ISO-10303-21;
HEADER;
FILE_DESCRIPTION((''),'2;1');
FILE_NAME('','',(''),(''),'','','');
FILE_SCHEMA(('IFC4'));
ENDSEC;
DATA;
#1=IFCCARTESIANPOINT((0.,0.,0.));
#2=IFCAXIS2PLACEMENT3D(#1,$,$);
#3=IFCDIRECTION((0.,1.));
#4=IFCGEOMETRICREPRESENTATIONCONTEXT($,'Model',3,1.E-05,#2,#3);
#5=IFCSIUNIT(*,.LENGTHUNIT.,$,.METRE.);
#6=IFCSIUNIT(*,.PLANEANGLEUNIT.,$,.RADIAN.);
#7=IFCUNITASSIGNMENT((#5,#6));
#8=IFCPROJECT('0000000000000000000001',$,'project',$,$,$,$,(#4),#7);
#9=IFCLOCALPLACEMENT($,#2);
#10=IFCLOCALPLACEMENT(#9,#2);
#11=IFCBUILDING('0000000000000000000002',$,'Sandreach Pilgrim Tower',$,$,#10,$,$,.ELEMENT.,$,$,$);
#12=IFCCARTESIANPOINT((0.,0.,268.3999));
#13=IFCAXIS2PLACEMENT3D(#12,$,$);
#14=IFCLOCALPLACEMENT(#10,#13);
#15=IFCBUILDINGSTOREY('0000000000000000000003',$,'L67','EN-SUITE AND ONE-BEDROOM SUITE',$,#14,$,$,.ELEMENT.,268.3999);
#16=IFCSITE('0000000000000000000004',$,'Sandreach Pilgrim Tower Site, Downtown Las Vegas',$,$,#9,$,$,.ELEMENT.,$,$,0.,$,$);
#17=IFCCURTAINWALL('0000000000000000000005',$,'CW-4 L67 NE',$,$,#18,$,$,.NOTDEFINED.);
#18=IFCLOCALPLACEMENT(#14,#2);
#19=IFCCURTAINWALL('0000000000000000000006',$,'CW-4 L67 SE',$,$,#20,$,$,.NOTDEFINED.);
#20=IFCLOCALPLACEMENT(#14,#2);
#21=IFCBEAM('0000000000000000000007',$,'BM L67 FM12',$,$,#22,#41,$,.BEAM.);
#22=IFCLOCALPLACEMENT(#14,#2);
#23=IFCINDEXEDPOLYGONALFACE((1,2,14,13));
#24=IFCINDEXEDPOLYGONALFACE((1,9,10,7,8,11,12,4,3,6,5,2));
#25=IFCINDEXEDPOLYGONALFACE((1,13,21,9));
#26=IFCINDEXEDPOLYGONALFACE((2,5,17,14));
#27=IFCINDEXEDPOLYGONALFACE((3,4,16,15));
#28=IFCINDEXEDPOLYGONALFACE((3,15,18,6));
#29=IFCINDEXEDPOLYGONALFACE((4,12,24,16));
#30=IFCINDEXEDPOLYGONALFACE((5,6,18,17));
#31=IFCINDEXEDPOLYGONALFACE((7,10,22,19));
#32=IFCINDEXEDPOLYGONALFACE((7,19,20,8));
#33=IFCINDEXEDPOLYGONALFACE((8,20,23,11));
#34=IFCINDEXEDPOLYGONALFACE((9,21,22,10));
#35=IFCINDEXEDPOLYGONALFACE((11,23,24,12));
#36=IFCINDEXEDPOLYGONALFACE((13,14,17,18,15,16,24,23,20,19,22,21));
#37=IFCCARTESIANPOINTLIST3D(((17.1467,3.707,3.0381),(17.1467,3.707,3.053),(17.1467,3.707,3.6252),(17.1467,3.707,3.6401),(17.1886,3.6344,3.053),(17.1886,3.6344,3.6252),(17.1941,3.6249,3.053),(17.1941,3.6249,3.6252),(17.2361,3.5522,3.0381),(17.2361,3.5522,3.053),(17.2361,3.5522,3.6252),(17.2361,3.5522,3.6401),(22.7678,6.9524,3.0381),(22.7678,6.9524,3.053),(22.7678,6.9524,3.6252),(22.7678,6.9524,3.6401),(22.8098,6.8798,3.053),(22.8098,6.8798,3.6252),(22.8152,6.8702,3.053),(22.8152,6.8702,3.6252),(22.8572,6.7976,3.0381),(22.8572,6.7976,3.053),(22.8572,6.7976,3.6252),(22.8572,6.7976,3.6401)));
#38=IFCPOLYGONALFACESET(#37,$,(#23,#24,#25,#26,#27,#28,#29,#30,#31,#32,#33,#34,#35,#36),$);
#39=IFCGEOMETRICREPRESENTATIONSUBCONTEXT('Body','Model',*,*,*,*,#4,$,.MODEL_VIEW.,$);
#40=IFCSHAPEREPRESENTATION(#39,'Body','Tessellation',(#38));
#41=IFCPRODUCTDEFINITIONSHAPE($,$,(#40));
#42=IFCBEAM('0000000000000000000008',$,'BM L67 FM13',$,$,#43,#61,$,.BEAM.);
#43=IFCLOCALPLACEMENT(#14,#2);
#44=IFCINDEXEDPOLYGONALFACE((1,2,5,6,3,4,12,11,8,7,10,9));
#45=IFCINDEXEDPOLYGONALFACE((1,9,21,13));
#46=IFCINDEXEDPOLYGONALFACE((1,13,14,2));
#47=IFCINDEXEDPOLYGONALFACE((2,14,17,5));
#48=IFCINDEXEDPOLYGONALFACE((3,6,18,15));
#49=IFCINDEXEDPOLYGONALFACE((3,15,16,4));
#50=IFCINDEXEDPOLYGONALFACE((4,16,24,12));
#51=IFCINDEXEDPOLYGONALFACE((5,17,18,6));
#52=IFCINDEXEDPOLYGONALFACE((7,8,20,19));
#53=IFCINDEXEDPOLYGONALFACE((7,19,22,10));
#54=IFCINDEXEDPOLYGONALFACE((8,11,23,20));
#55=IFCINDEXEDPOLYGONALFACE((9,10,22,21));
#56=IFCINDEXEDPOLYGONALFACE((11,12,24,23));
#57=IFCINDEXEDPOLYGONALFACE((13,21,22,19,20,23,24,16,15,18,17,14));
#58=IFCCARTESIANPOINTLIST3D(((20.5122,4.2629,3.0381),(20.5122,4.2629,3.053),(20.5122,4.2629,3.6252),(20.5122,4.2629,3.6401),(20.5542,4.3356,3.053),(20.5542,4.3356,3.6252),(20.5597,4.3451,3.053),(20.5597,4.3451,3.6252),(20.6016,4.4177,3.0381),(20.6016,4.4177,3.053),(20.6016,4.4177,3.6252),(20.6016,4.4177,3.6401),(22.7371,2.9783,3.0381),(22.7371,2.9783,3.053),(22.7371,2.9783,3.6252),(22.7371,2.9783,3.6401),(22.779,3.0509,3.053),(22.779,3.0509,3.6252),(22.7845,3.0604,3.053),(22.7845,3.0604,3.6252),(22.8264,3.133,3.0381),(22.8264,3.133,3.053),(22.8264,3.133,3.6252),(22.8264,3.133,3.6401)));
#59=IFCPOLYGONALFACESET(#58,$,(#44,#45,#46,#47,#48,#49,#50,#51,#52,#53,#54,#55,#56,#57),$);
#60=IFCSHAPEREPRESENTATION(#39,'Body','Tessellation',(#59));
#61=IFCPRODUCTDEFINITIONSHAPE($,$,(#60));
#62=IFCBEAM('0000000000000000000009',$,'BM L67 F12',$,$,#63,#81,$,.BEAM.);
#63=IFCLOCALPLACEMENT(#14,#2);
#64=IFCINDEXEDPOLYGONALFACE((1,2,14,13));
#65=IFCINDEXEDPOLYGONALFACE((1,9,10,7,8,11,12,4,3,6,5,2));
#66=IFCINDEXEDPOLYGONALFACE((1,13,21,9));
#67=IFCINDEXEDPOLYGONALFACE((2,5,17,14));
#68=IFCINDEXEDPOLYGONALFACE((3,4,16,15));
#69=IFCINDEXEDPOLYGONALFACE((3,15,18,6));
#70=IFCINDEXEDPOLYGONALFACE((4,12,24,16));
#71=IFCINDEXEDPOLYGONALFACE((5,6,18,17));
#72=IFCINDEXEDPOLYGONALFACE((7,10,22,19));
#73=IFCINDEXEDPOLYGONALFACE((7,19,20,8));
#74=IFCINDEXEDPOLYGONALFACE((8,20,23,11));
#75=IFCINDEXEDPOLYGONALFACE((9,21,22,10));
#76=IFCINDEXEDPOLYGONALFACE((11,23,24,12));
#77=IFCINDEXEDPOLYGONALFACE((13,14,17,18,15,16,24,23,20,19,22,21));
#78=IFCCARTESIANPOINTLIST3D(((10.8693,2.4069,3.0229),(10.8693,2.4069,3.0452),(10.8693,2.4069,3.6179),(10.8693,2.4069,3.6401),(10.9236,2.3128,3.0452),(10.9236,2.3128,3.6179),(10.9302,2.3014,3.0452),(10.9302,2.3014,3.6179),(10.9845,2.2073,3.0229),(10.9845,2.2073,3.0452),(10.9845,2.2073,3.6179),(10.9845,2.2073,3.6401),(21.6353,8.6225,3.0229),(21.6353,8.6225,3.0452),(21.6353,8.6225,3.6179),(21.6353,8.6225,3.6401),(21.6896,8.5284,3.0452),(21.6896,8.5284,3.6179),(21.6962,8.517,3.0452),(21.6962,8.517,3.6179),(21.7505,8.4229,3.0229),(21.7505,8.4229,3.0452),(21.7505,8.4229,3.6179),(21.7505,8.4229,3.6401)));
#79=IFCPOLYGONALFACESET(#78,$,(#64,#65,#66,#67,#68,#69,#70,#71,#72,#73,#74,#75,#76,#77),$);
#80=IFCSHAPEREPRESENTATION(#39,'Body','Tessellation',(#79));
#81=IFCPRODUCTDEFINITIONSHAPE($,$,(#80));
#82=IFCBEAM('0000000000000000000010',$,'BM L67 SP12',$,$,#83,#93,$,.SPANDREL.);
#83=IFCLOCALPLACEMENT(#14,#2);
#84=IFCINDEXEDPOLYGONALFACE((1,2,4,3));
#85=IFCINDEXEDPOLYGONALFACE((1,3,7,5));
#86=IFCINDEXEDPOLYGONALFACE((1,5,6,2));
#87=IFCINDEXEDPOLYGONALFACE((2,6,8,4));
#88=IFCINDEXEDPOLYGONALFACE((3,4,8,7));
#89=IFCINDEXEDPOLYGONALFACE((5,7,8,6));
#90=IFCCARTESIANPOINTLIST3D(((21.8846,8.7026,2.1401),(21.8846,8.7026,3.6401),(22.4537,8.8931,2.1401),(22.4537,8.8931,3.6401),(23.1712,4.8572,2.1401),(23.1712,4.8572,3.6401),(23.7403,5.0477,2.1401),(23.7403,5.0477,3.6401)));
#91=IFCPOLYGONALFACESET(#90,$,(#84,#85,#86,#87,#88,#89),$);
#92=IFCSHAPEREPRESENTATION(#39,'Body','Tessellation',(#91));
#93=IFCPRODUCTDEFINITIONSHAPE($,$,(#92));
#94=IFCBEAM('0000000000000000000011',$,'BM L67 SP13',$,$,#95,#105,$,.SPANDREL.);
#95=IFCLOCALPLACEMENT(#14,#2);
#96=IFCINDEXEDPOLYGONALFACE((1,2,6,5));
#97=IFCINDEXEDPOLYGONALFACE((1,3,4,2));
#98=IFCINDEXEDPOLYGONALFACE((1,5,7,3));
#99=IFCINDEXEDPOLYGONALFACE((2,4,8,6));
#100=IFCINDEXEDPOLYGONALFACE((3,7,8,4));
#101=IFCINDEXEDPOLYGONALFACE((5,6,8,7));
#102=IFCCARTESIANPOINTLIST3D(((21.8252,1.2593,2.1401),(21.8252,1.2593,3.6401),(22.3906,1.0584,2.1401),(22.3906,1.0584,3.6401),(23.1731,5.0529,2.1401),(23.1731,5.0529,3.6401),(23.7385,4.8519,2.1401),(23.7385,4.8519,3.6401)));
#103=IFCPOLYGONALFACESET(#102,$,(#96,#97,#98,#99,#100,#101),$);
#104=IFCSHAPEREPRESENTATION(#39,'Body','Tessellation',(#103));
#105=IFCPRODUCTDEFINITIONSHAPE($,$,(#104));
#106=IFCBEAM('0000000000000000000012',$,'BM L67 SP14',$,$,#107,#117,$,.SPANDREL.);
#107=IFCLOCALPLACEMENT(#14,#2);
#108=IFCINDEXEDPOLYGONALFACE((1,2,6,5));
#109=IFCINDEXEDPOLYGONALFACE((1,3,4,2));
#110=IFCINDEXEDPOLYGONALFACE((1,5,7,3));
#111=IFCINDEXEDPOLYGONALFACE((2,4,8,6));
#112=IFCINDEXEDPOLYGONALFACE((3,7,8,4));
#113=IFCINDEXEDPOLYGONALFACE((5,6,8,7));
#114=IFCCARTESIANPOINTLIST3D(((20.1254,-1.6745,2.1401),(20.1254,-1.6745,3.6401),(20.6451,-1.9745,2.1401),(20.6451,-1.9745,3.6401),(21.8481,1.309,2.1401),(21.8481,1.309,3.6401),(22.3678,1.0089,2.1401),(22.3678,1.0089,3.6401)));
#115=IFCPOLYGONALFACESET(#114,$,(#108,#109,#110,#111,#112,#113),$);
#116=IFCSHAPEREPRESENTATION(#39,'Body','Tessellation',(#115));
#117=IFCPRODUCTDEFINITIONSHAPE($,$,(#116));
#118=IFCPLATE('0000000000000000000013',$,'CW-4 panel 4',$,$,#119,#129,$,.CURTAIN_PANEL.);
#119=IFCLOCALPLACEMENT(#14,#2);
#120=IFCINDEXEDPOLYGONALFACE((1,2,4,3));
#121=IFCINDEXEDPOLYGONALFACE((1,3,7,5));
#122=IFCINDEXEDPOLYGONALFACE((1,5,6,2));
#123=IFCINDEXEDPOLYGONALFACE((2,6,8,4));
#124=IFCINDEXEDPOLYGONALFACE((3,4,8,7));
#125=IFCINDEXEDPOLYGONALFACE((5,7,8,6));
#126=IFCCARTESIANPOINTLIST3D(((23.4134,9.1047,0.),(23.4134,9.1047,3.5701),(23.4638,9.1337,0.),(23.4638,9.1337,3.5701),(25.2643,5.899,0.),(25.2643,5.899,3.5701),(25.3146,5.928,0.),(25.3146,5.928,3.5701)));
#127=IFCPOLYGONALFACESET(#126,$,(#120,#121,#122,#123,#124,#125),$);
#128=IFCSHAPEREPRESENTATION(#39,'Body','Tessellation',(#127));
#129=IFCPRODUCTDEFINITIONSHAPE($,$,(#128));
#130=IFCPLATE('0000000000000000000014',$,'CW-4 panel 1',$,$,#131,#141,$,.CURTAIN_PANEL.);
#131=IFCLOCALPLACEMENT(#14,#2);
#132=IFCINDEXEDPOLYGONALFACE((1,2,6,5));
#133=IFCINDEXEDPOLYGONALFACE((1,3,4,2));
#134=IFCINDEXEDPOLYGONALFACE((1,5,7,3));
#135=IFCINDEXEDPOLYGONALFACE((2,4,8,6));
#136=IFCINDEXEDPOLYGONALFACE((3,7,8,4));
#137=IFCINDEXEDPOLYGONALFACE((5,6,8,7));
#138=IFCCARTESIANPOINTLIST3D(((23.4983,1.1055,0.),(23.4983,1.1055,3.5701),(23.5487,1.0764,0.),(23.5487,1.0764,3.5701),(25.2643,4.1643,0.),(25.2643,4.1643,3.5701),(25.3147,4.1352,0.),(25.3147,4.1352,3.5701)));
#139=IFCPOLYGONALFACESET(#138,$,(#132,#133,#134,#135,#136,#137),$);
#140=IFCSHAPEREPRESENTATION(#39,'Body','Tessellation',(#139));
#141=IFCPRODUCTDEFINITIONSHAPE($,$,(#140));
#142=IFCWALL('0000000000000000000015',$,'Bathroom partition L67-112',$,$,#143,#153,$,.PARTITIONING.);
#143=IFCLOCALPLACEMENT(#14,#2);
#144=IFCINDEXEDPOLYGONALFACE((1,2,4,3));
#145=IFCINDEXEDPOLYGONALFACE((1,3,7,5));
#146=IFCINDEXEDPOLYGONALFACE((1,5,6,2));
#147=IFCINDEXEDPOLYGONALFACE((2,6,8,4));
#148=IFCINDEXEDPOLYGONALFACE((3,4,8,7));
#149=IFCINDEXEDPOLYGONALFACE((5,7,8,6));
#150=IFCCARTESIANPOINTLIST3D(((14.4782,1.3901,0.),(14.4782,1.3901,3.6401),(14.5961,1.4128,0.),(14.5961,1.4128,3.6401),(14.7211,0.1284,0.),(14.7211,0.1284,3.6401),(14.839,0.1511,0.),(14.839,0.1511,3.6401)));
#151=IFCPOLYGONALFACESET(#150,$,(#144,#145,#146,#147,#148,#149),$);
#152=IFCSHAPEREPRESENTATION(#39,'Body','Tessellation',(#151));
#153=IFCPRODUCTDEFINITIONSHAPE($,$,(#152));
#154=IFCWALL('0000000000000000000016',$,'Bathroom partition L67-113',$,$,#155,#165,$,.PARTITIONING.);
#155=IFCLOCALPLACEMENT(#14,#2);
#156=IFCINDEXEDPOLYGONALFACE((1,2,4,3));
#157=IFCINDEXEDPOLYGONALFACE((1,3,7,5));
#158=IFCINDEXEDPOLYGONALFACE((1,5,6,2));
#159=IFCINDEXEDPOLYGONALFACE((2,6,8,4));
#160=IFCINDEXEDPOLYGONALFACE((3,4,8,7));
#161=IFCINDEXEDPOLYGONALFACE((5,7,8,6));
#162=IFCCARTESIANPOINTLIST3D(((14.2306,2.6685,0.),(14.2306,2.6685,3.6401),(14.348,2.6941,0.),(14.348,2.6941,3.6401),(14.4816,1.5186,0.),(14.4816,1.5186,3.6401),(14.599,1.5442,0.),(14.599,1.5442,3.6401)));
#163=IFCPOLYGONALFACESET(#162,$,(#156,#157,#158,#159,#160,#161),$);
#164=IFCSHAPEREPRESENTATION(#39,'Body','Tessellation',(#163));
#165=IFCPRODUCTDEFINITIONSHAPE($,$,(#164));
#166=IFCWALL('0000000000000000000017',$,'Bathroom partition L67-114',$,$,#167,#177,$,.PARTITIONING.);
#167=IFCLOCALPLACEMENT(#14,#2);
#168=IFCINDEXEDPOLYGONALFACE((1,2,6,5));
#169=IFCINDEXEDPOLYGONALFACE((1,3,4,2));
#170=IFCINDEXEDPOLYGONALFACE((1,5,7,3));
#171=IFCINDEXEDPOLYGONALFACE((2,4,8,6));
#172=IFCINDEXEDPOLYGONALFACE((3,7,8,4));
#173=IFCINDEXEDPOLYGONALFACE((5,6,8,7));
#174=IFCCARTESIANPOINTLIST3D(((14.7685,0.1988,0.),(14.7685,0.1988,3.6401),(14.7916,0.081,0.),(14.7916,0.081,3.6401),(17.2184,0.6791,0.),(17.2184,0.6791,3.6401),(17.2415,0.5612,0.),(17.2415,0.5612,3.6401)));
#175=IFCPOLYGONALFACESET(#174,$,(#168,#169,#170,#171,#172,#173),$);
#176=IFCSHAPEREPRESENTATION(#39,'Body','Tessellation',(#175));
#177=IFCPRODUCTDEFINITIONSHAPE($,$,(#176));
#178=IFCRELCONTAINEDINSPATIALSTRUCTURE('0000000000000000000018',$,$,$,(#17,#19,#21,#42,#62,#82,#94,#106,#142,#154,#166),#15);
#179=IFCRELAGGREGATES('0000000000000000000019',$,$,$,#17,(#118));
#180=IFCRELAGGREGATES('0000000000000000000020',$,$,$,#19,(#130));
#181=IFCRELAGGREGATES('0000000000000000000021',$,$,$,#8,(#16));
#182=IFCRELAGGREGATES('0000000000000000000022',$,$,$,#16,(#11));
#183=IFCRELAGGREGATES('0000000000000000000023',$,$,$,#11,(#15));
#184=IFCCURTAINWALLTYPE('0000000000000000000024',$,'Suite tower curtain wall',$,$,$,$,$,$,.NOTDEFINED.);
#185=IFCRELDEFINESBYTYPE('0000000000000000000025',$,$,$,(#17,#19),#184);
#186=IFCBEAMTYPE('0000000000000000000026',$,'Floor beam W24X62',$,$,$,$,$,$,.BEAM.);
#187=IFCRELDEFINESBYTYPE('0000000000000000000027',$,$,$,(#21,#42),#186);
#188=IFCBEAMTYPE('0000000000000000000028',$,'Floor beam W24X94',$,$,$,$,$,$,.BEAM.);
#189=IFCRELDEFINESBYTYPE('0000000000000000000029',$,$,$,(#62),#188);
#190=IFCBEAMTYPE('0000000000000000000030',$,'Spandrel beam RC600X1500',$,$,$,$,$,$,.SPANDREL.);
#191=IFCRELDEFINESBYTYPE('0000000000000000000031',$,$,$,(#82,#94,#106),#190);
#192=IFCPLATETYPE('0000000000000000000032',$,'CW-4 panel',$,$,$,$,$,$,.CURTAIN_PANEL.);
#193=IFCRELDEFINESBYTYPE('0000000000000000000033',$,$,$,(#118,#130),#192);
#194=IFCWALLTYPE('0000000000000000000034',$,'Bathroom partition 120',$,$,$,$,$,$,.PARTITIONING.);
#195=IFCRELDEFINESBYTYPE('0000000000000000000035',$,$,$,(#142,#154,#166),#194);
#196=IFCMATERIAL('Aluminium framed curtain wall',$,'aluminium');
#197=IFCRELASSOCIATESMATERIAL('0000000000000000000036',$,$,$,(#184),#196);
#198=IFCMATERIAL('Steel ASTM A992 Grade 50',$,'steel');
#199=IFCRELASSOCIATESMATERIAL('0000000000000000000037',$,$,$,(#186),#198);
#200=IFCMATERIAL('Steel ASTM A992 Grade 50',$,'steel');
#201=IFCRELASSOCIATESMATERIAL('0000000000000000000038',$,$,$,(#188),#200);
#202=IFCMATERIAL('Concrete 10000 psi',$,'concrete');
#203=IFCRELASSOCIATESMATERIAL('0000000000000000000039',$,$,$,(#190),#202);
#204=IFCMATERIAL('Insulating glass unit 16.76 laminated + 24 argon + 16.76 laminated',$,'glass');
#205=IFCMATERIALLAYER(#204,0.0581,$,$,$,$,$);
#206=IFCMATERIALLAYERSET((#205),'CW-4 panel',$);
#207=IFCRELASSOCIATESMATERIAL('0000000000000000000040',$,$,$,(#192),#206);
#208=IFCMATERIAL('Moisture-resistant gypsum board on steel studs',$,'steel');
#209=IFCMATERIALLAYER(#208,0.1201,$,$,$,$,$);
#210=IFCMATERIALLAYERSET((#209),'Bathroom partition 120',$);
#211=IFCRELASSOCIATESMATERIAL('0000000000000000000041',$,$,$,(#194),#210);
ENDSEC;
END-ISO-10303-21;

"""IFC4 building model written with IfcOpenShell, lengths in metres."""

from ifc_helpers import new_model, si_unit, direction, frame, frame_2d, origin, origin_2d, place, context, subcontext, project, spatial, rectangle, i_section, extrude, material, layer, layer_set, material_profile, profile_set, type_object, element, aggregate, save


model = new_model("IFC4")

# Units and contexts
model_context = context("Model", 3, precision=1e-05, world=origin(), true_north=direction((0.0, 1.0)))
body_context = subcontext(model_context, "Body", "Model", "MODEL_VIEW")
ifc_project = project(units=[si_unit("LENGTHUNIT", "METRE"), si_unit("PLANEANGLEUNIT", "RADIAN")], contexts=[model_context])

# Site, building, storey
site_placement = place(None, origin())
site = spatial("IfcSite", under=ifc_project, at=site_placement, Name="Sandreach Pilgrim Tower Site, Downtown Las Vegas", CompositionType="ELEMENT", RefElevation=0.0)
building_placement = place(site_placement, origin())
building = spatial("IfcBuilding", under=site, at=building_placement, Name="Sandreach Pilgrim Tower", CompositionType="ELEMENT")
storey_placement = place(building_placement, frame((0.0, 0.0, 268.3999)))
storey = spatial("IfcBuildingStorey", under=building, at=storey_placement, Name="L67", Description="EN-SUITE AND ONE-BEDROOM SUITE", CompositionType="ELEMENT", Elevation=268.3999)

# Curtain walls
ifc_material_1 = material(Name="Aluminium framed curtain wall", Category="aluminium")
curtain_wall_type = type_object("IfcCurtainWallType", Name="Suite tower curtain wall", PredefinedType="NOTDEFINED", material=ifc_material_1)
curtain_wall_1_placement = place(storey_placement, origin())
curtain_wall_1 = element("IfcCurtainWall", 1, at=curtain_wall_1_placement, inside=storey, type_object=curtain_wall_type, Name="CW-4 L67 NE", PredefinedType="NOTDEFINED")
curtain_wall_2_placement = place(storey_placement, origin())
curtain_wall_2 = element("IfcCurtainWall", 2, at=curtain_wall_2_placement, inside=storey, type_object=curtain_wall_type, Name="CW-4 L67 SE", PredefinedType="NOTDEFINED")

# Beams
ifc_material_2 = material(Name="Steel ASTM A992 Grade 50", Category="steel")
ifc_material_profile_1 = material_profile(ifc_material_2, i_section(OverallWidth=0.1787, OverallDepth=0.6021, WebThickness=0.011, FlangeThickness=0.0149, at=origin_2d()), Name="W24X62")
ifc_profile_set_1 = profile_set([ifc_material_profile_1], Name="Steel ASTM A992 Grade 50")
beam_type_1 = type_object("IfcBeamType", Name="Floor beam W24X62", PredefinedType="BEAM", material=ifc_profile_set_1)
beam_1_placement = place(storey_placement, frame((22.8125, 6.875, 3.3391), z_axis=(-0.866024, -0.500002, 0.0), x_axis=(0.500002, -0.866024, 0.0)))
element("IfcBeam", 3, at=beam_1_placement, inside=storey, type_object=beam_type_1, Name="BM L67 FM12", PredefinedType="BEAM", context=body_context, shape_type="SweptSolid", body=[
    extrude(i_section(OverallWidth=0.1787, OverallDepth=0.6021, WebThickness=0.011, FlangeThickness=0.0149, at=origin_2d()), origin(), (0.0, 0.0, 1.0), 6.4907),
])
beam_2_placement = place(storey_placement, frame((22.7817, 3.0557, 3.3391), z_axis=(-0.866, 0.500043, 0.0), x_axis=(-0.500043, -0.866, 0.0)))
element("IfcBeam", 4, at=beam_2_placement, inside=storey, type_object=beam_type_1, Name="BM L67 FM13", PredefinedType="BEAM", context=body_context, shape_type="SweptSolid", body=[
    extrude(i_section(OverallWidth=0.1787, OverallDepth=0.6021, WebThickness=0.011, FlangeThickness=0.0149, at=origin_2d()), origin(), (0.0, 0.0, 1.0), 2.5691),
])
ifc_material_3 = material(Name="Steel ASTM A992 Grade 50", Category="steel")
ifc_material_profile_2 = material_profile(ifc_material_3, i_section(OverallWidth=0.2305, OverallDepth=0.6172, WebThickness=0.0132, FlangeThickness=0.0222, at=origin_2d()), Name="W24X94")
ifc_profile_set_2 = profile_set([ifc_material_profile_2], Name="Steel ASTM A992 Grade 50")
beam_type_2 = type_object("IfcBeamType", Name="Floor beam W24X94", PredefinedType="BEAM", material=ifc_profile_set_2)
beam_3_placement = place(storey_placement, frame((21.6929, 8.5227, 3.3315), z_axis=(-0.866029, -0.499994, 0.0), x_axis=(0.499994, -0.866029, 0.0)))
element("IfcBeam", 5, at=beam_3_placement, inside=storey, type_object=beam_type_2, Name="BM L67 F12", PredefinedType="BEAM", context=body_context, shape_type="SweptSolid", body=[
    extrude(i_section(OverallWidth=0.2305, OverallDepth=0.6172, WebThickness=0.0132, FlangeThickness=0.0222, at=origin_2d()), origin(), (0.0, 0.0, 1.0), 12.4314),
])
ifc_material_4 = material(Name="Concrete 10000 psi", Category="concrete")
ifc_material_profile_3 = material_profile(ifc_material_4, rectangle(XDim=0.6001, YDim=1.5, at=origin_2d()), Name="RC600X1500")
ifc_profile_set_3 = profile_set([ifc_material_profile_3], Name="Concrete 10000 psi")
beam_type_3 = type_object("IfcBeamType", Name="Spandrel beam RC600X1500", PredefinedType="SPANDREL", material=ifc_profile_set_3)
beam_4_placement = place(storey_placement, frame((22.1692, 8.7979, 2.8901), z_axis=(0.317293, -0.948327, 0.0), x_axis=(0.948327, 0.317293, 0.0)))
element("IfcBeam", 6, at=beam_4_placement, inside=storey, type_object=beam_type_3, Name="BM L67 SP12", PredefinedType="SPANDREL", context=body_context, shape_type="SweptSolid", body=[
    extrude(rectangle(XDim=0.6001, YDim=1.5, at=origin_2d()), origin(), (0.0, 0.0, 1.0), 4.0549),
])
beam_5_placement = place(storey_placement, frame((23.4558, 4.9524, 2.8901), z_axis=(-0.334815, -0.942284, 0.0), x_axis=(0.942284, -0.334815, 0.0)))
element("IfcBeam", 7, at=beam_5_placement, inside=storey, type_object=beam_type_3, Name="BM L67 SP13", PredefinedType="SPANDREL", context=body_context, shape_type="SweptSolid", body=[
    extrude(rectangle(XDim=0.6001, YDim=1.5, at=origin_2d()), origin(), (0.0, 0.0, 1.0), 4.0259),
])
beam_6_placement = place(storey_placement, frame((22.1079, 1.1589, 2.8901), z_axis=(-0.500041, -0.866001, 0.0), x_axis=(0.866001, -0.500041, 0.0)))
element("IfcBeam", 8, at=beam_6_placement, inside=storey, type_object=beam_type_3, Name="BM L67 SP14", PredefinedType="SPANDREL", context=body_context, shape_type="SweptSolid", body=[
    extrude(rectangle(XDim=0.6001, YDim=1.5, at=origin_2d()), origin(), (0.0, 0.0, 1.0), 3.4451),
])

# Plates
ifc_material_5 = material(Name="Insulating glass unit 16.76 laminated + 24 argon + 16.76 laminated", Category="glass")
ifc_layer_1 = layer(ifc_material_5, 0.0581)
ifc_layer_set_1 = layer_set([ifc_layer_1], Name="CW-4 panel")
plate_type = type_object("IfcPlateType", Name="CW-4 panel", PredefinedType="CURTAIN_PANEL", material=ifc_layer_set_1)
plate_1_placement = place(storey_placement, frame((24.364, 7.5164, 0.0), z_axis=(0.0, 0.0, 1.0), x_axis=(0.5, -0.866025, 0.0)))
plate_1 = element("IfcPlate", 9, at=plate_1_placement, type_object=plate_type, Name="CW-4 panel 4", PredefinedType="CURTAIN_PANEL", context=body_context, shape_type="SweptSolid", body=[
    extrude(rectangle(XDim=3.7017, YDim=0.0581, at=origin_2d()), origin(), (0.0, 0.0, 1.0), 3.5701),
])
aggregate(curtain_wall_1, [plate_1])
plate_2_placement = place(storey_placement, frame((24.4065, 2.6204, 0.0), z_axis=(0.0, 0.0, 1.0), x_axis=(-0.5, -0.866025, 0.0)))
plate_2 = element("IfcPlate", 10, at=plate_2_placement, type_object=plate_type, Name="CW-4 panel 1", PredefinedType="CURTAIN_PANEL", context=body_context, shape_type="SweptSolid", body=[
    extrude(rectangle(XDim=3.532, YDim=0.0581, at=origin_2d()), origin(), (0.0, 0.0, 1.0), 3.5701),
])
aggregate(curtain_wall_2, [plate_2])

# Walls
ifc_material_6 = material(Name="Moisture-resistant gypsum board on steel studs", Category="steel")
ifc_layer_2 = layer(ifc_material_6, 0.1201)
ifc_layer_set_2 = layer_set([ifc_layer_2], Name="Bathroom partition 120")
wall_type_1 = type_object("IfcWallType", Name="Bathroom partition 120", PredefinedType="PARTITIONING", material=ifc_layer_set_2)
wall_1_placement = place(storey_placement, frame((14.5371, 1.4016, 0.0), z_axis=(0.0, 0.0, 1.0), x_axis=(0.189059, -0.981966, 0.0)))
element("IfcWall", 11, at=wall_1_placement, inside=storey, type_object=wall_type_1, Name="Bathroom partition L67-112", PredefinedType="PARTITIONING", context=body_context, shape_type="SweptSolid", body=[
    extrude(rectangle(XDim=1.2849, YDim=0.1201, at=frame_2d((0.6426, 0.0))), origin(), (0.0, 0.0, 1.0), 3.6401),
])
wall_2_placement = place(storey_placement, frame((14.5403, 1.5315, 0.0), z_axis=(0.0, 0.0, 1.0), x_axis=(-0.213239, 0.977, 0.0)))
element("IfcWall", 12, at=wall_2_placement, inside=storey, type_object=wall_type_1, Name="Bathroom partition L67-113", PredefinedType="PARTITIONING", context=body_context, shape_type="SweptSolid", body=[
    extrude(rectangle(XDim=1.177, YDim=0.1201, at=frame_2d((0.5884, 0.0))), origin(), (0.0, 0.0, 1.0), 3.6401),
])
wall_3_placement = place(storey_placement, frame((14.78, 0.1399, 0.0), z_axis=(0.0, 0.0, 1.0), x_axis=(0.981326, 0.192354, 0.0)))
element("IfcWall", 13, at=wall_3_placement, inside=storey, type_object=wall_type_1, Name="Bathroom partition L67-114", PredefinedType="PARTITIONING", context=body_context, shape_type="SweptSolid", body=[
    extrude(rectangle(XDim=2.4966, YDim=0.1201, at=frame_2d((1.2483, 0.0))), origin(), (0.0, 0.0, 1.0), 3.6401),
])

save(model, "model.ifc")
